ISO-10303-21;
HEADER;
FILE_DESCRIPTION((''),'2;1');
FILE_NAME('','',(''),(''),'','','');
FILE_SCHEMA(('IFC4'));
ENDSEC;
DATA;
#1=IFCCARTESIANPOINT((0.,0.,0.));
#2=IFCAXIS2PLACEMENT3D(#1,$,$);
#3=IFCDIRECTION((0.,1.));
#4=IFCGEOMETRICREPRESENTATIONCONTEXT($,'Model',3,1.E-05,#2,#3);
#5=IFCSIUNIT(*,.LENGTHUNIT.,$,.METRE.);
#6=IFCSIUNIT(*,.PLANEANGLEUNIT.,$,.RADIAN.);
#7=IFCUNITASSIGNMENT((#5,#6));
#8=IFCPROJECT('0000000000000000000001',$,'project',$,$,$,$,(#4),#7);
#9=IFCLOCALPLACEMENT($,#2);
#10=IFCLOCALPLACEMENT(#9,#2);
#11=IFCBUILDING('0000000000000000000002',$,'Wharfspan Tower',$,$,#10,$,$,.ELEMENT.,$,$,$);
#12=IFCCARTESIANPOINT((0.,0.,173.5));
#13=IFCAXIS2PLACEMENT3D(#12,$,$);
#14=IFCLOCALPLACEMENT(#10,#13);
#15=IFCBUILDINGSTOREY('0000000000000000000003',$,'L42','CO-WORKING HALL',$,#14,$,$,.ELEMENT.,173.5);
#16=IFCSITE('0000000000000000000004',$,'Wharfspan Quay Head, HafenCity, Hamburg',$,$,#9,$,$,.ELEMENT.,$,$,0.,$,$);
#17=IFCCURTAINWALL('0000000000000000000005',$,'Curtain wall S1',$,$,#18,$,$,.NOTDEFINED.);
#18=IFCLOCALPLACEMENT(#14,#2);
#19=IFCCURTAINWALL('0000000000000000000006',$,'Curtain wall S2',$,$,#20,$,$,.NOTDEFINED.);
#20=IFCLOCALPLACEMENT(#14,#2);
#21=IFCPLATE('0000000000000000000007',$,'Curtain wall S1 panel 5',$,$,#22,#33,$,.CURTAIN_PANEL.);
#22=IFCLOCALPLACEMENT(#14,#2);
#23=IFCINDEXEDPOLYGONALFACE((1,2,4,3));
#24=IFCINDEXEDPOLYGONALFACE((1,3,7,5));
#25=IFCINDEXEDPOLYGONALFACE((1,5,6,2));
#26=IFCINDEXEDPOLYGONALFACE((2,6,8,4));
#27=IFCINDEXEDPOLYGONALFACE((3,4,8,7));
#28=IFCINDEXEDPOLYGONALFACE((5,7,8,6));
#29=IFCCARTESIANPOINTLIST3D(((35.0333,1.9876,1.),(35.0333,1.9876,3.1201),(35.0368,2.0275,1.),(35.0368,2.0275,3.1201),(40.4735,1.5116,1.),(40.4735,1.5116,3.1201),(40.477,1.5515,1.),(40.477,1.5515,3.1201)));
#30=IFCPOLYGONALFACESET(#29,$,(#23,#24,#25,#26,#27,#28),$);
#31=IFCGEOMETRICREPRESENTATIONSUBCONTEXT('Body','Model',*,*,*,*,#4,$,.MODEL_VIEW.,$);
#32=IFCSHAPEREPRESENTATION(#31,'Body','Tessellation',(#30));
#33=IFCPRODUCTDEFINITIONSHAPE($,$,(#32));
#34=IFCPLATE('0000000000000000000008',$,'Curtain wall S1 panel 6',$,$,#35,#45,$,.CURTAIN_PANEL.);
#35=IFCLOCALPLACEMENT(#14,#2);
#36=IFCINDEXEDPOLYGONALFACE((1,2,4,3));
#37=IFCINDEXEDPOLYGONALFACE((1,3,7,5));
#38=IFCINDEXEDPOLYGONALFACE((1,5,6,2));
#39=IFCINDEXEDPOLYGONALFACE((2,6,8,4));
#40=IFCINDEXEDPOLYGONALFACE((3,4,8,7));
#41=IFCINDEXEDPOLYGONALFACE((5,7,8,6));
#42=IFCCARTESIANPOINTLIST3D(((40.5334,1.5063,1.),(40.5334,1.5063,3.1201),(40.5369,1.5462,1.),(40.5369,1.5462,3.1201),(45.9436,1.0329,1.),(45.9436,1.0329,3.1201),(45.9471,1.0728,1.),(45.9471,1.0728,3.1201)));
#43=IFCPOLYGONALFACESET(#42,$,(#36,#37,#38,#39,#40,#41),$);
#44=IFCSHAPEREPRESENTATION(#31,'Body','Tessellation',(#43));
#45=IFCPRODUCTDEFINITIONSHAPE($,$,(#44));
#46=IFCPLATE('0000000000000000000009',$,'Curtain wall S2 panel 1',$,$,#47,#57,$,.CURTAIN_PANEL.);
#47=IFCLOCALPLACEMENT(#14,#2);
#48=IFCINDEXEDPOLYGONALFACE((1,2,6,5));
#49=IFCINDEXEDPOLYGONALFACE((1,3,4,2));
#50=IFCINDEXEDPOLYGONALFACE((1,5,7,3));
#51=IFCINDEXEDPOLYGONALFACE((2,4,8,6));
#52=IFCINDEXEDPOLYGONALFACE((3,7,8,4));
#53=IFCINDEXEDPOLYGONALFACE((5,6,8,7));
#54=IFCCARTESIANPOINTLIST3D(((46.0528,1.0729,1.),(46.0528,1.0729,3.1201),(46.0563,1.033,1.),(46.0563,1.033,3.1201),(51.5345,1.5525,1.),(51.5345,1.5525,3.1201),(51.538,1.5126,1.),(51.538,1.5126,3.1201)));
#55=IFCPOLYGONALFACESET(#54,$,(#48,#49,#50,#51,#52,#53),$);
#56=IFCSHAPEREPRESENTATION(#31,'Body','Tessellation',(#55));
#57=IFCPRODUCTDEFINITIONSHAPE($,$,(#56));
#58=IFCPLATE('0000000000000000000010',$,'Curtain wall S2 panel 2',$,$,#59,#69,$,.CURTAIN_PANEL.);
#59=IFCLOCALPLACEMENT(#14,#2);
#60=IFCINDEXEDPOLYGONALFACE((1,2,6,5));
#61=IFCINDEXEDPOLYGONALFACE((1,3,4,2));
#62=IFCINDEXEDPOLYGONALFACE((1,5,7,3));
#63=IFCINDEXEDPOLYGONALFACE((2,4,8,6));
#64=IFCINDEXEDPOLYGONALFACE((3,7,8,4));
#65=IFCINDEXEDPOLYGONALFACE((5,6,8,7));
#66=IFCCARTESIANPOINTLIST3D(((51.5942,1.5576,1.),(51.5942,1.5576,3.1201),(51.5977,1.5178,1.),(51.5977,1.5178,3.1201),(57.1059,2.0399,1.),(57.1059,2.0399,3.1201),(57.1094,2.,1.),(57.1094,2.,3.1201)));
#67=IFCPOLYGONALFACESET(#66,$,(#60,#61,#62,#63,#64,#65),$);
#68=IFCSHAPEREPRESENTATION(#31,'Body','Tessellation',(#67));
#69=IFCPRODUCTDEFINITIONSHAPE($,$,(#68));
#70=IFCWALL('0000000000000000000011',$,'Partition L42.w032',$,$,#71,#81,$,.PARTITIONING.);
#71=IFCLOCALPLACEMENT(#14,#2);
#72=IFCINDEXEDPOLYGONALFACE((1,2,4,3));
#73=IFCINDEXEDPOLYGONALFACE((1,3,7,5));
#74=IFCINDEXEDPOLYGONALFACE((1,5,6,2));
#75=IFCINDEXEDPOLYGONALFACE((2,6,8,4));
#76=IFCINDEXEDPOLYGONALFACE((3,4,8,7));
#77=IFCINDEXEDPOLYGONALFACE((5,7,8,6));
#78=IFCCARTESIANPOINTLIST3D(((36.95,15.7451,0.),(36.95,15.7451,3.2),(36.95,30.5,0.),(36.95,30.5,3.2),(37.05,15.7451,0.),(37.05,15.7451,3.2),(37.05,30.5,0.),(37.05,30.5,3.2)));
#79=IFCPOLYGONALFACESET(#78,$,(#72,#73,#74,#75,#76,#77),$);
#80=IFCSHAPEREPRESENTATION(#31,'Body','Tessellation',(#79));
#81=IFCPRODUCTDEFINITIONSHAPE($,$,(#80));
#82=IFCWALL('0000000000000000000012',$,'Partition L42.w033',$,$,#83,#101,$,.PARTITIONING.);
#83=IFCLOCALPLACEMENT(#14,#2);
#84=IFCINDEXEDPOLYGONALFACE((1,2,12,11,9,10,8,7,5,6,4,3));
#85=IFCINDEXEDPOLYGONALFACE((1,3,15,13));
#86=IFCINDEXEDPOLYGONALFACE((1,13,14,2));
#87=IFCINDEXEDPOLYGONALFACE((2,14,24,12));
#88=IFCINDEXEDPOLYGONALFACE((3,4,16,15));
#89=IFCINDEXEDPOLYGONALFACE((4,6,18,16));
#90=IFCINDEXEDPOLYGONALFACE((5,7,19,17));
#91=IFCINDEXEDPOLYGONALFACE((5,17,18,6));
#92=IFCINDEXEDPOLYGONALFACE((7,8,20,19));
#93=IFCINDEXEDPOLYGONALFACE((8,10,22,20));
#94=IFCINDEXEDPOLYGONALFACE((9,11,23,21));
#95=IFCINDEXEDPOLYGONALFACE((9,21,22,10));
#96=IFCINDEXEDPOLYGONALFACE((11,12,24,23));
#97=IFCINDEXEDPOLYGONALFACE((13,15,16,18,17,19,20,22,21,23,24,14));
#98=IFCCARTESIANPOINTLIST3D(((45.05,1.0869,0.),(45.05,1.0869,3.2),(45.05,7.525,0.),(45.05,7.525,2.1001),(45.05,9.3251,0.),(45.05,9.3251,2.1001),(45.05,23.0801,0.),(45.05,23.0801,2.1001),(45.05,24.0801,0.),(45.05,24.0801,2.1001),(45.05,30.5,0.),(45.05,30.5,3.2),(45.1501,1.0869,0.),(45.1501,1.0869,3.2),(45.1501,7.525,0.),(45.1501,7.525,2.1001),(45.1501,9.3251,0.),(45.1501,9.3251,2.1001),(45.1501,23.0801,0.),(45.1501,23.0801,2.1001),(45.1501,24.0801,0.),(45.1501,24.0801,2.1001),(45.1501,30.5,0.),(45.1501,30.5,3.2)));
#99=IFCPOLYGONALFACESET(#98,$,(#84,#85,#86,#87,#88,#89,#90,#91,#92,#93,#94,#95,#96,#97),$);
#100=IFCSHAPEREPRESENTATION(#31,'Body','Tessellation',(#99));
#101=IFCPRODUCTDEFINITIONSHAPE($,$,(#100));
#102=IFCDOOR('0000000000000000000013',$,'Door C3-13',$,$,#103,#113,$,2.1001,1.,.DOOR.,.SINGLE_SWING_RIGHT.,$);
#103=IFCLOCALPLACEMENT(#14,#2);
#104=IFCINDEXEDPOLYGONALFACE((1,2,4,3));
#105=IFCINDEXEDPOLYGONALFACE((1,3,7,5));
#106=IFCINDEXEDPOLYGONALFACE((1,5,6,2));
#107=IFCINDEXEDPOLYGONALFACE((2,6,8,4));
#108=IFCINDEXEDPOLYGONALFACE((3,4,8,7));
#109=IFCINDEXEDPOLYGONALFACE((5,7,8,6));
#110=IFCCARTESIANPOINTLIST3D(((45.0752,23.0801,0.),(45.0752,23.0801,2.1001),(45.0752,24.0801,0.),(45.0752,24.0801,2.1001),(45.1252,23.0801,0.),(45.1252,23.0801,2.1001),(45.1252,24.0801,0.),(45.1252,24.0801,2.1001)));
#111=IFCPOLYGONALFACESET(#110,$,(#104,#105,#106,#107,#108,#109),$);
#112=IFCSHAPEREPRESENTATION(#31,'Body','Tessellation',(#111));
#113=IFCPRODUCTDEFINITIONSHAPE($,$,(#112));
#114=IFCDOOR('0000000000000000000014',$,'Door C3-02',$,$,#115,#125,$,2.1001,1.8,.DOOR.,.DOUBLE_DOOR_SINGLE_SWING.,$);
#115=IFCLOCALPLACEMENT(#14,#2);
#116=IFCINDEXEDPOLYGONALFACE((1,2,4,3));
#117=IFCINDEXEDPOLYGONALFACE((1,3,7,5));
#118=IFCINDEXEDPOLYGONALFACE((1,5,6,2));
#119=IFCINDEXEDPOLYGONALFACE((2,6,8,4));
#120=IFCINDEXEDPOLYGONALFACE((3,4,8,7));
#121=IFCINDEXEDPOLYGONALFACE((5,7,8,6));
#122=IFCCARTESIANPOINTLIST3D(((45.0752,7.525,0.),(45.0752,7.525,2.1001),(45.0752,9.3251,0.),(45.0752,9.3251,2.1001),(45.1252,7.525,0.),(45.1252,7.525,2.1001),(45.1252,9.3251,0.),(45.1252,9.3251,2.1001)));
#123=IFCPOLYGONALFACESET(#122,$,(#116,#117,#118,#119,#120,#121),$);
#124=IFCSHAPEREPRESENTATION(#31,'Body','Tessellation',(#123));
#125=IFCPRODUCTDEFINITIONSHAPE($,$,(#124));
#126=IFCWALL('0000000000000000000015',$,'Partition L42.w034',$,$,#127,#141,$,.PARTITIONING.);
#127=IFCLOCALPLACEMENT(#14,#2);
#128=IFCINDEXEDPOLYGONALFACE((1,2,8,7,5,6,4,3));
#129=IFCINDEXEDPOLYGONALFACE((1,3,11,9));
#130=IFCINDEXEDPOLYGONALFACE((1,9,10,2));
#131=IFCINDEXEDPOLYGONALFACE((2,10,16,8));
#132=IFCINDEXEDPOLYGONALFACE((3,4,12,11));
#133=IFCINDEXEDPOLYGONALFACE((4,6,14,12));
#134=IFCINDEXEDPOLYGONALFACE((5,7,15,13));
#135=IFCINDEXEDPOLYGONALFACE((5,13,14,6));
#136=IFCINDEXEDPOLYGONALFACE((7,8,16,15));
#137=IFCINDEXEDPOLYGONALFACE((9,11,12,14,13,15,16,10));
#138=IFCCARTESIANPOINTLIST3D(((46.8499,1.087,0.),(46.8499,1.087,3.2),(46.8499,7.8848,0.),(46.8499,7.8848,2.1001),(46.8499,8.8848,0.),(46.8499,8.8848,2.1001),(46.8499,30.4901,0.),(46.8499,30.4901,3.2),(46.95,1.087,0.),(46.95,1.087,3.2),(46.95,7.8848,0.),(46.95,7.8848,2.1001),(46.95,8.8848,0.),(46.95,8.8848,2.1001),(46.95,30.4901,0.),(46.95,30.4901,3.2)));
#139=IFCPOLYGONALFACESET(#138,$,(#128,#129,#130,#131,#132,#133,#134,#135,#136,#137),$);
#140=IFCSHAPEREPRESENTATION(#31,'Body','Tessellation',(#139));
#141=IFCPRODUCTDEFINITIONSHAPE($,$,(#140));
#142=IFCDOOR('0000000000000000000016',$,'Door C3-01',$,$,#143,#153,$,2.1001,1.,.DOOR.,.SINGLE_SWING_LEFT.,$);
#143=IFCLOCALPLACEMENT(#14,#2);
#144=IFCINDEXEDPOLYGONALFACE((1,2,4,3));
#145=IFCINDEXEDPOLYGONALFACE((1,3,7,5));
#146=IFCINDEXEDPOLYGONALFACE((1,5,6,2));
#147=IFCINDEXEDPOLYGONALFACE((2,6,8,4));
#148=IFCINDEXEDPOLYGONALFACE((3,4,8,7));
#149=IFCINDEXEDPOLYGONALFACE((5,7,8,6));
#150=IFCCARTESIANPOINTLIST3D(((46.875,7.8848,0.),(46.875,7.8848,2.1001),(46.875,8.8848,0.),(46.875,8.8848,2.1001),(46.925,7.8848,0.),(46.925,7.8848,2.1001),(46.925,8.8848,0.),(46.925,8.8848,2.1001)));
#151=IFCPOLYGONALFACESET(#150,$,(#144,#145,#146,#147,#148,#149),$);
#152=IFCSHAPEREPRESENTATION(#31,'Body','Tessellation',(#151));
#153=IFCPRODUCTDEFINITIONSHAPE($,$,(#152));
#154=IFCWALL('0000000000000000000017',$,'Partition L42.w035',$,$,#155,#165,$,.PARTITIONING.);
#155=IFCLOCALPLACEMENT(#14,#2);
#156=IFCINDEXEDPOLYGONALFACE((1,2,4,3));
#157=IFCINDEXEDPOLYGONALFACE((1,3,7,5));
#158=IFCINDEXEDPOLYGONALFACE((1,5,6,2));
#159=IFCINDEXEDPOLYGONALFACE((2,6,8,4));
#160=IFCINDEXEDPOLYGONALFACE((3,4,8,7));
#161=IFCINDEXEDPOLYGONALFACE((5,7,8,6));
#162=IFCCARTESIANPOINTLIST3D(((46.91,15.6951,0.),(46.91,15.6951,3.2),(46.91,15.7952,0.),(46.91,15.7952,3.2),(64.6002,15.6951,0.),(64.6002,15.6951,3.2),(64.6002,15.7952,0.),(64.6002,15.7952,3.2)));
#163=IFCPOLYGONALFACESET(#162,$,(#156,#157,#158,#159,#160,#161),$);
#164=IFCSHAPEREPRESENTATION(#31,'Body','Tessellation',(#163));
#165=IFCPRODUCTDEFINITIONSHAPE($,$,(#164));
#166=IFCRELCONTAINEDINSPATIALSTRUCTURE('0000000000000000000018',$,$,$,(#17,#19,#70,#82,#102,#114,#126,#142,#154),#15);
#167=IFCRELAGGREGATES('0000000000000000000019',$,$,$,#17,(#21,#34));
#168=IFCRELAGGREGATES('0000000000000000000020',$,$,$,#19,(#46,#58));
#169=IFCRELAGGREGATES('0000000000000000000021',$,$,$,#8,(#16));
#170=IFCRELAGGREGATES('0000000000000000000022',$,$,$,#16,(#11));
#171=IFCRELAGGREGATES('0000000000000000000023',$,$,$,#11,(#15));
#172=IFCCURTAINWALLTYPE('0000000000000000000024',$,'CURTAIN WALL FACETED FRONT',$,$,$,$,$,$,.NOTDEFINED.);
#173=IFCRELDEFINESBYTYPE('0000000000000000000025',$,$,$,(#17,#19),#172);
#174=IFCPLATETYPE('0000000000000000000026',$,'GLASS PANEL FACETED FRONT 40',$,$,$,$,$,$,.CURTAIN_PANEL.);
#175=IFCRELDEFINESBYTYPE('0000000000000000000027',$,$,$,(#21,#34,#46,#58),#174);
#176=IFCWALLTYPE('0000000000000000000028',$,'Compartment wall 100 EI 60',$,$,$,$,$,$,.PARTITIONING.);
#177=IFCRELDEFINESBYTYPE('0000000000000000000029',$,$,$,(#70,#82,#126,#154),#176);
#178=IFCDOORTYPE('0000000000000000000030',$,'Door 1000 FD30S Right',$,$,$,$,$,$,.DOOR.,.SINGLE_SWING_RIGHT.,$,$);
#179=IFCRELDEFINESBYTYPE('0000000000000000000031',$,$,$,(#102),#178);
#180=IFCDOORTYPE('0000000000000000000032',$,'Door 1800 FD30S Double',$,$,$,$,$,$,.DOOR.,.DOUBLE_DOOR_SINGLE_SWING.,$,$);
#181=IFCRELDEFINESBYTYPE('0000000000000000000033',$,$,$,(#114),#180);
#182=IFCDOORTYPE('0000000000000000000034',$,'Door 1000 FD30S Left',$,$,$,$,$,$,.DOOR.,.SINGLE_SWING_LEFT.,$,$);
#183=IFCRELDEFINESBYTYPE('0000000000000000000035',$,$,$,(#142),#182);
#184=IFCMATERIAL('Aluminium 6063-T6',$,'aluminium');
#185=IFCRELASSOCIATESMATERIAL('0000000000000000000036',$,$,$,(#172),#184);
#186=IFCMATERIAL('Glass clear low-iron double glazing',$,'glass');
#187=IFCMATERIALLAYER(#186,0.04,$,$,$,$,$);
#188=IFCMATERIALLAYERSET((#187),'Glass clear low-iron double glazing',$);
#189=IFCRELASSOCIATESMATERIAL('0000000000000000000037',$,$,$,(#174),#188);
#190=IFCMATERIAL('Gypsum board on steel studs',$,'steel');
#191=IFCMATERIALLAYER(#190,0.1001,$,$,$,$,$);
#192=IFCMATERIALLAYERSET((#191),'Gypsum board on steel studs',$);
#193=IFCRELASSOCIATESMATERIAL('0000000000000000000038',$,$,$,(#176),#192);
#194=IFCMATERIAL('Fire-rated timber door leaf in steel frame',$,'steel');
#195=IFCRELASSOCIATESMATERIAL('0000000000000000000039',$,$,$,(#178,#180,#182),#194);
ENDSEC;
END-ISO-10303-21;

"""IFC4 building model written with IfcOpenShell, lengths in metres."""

from ifc_helpers import new_model, si_unit, direction, frame, frame_2d, origin, origin_2d, place, context, subcontext, project, spatial, rectangle, extrude, material, layer, layer_set, type_object, element, fill, aggregate, save


model = new_model("IFC4")

# Units and contexts
model_context = context("Model", 3, precision=1e-05, world=origin(), true_north=direction((0.0, 1.0)))
body_context = subcontext(model_context, "Body", "Model", "MODEL_VIEW")
ifc_project = project(units=[si_unit("LENGTHUNIT", "METRE"), si_unit("PLANEANGLEUNIT", "RADIAN")], contexts=[model_context])

# Site, building, storey
site_placement = place(None, origin())
site = spatial("IfcSite", under=ifc_project, at=site_placement, Name="Wharfspan Quay Head, HafenCity, Hamburg", CompositionType="ELEMENT", RefElevation=0.0)
building_placement = place(site_placement, origin())
building = spatial("IfcBuilding", under=site, at=building_placement, Name="Wharfspan Tower", CompositionType="ELEMENT")
storey_placement = place(building_placement, frame((0.0, 0.0, 173.5)))
storey = spatial("IfcBuildingStorey", under=building, at=storey_placement, Name="L42", Description="CO-WORKING HALL", CompositionType="ELEMENT", Elevation=173.5)

# Curtain walls
ifc_material_1 = material(Name="Aluminium 6063-T6", Category="aluminium")
curtain_wall_type = type_object("IfcCurtainWallType", Name="CURTAIN WALL FACETED FRONT", PredefinedType="NOTDEFINED", material=ifc_material_1)
curtain_wall_1_placement = place(storey_placement, origin())
curtain_wall_1 = element("IfcCurtainWall", 1, at=curtain_wall_1_placement, inside=storey, type_object=curtain_wall_type, Name="Curtain wall S1", PredefinedType="NOTDEFINED")
curtain_wall_2_placement = place(storey_placement, origin())
curtain_wall_2 = element("IfcCurtainWall", 2, at=curtain_wall_2_placement, inside=storey, type_object=curtain_wall_type, Name="Curtain wall S2", PredefinedType="NOTDEFINED")

# Plates
ifc_material_2 = material(Name="Glass clear low-iron double glazing", Category="glass")
ifc_layer_1 = layer(ifc_material_2, 0.04)
ifc_layer_set_1 = layer_set([ifc_layer_1], Name="Glass clear low-iron double glazing")
plate_type = type_object("IfcPlateType", Name="GLASS PANEL FACETED FRONT 40", PredefinedType="CURTAIN_PANEL", material=ifc_layer_set_1)
plate_1_placement = place(storey_placement, frame((37.7551, 1.7695, 1.0), z_axis=(0.0, 0.0, 1.0), x_axis=(0.996198, -0.087156, 0.0)))
plate_1 = element("IfcPlate", 3, at=plate_1_placement, type_object=plate_type, Name="Curtain wall S1 panel 5", PredefinedType="CURTAIN_PANEL", context=body_context, shape_type="SweptSolid", body=[
    extrude(rectangle(XDim=5.4609, YDim=0.04, at=origin_2d()), origin(), (0.0, 0.0, 1.0), 2.1201),
])
plate_2_placement = place(storey_placement, frame((43.2402, 1.2896, 1.0), z_axis=(0.0, 0.0, 1.0), x_axis=(0.996198, -0.087156, 0.0)))
plate_2 = element("IfcPlate", 4, at=plate_2_placement, type_object=plate_type, Name="Curtain wall S1 panel 6", PredefinedType="CURTAIN_PANEL", context=body_context, shape_type="SweptSolid", body=[
    extrude(rectangle(XDim=5.4309, YDim=0.04, at=origin_2d()), origin(), (0.0, 0.0, 1.0), 2.1201),
])
aggregate(curtain_wall_1, [plate_1, plate_2])
plate_3_placement = place(storey_placement, frame((48.7954, 1.2927, 1.0), z_axis=(0.0, 0.0, 1.0), x_axis=(0.996198, 0.087156, 0.0)))
plate_3 = element("IfcPlate", 5, at=plate_3_placement, type_object=plate_type, Name="Curtain wall S2 panel 1", PredefinedType="CURTAIN_PANEL", context=body_context, shape_type="SweptSolid", body=[
    extrude(rectangle(XDim=5.5027, YDim=0.04, at=origin_2d()), origin(), (0.0, 0.0, 1.0), 2.1201),
])
plate_4_placement = place(storey_placement, frame((54.3518, 1.7788, 1.0), z_axis=(0.0, 0.0, 1.0), x_axis=(0.996198, 0.087156, 0.0)))
plate_4 = element("IfcPlate", 6, at=plate_4_placement, type_object=plate_type, Name="Curtain wall S2 panel 2", PredefinedType="CURTAIN_PANEL", context=body_context, shape_type="SweptSolid", body=[
    extrude(rectangle(XDim=5.5327, YDim=0.04, at=origin_2d()), origin(), (0.0, 0.0, 1.0), 2.1201),
])
aggregate(curtain_wall_2, [plate_3, plate_4])

# Wall
ifc_material_3 = material(Name="Gypsum board on steel studs", Category="steel")
ifc_layer_2 = layer(ifc_material_3, 0.1001)
ifc_layer_set_2 = layer_set([ifc_layer_2], Name="Gypsum board on steel studs")
wall_type_1 = type_object("IfcWallType", Name="Compartment wall 100 EI 60", PredefinedType="PARTITIONING", material=ifc_layer_set_2)
wall_1_placement = place(storey_placement, frame((37.0, 15.7451, 0.0), z_axis=(0.0, 0.0, 1.0), x_axis=(0.0, 1.0, 0.0)))
element("IfcWall", 7, at=wall_1_placement, inside=storey, type_object=wall_type_1, Name="Partition L42.w032", PredefinedType="PARTITIONING", context=body_context, shape_type="SweptSolid", body=[
    extrude(rectangle(XDim=14.7549, YDim=0.1001, at=frame_2d((7.3774, 0.0))), origin(), (0.0, 0.0, 1.0), 3.2),
])

# Wall, openings, doors
wall_2_placement = place(storey_placement, frame((45.1001, 1.0869, 0.0), z_axis=(0.0, 0.0, 1.0), x_axis=(0.0, 1.0, 0.0)))
wall_2 = element("IfcWall", 8, at=wall_2_placement, inside=storey, type_object=wall_type_1, Name="Partition L42.w033", PredefinedType="PARTITIONING", context=body_context, shape_type="SweptSolid", body=[
    extrude(rectangle(XDim=29.4131, YDim=0.1001, at=frame_2d((14.7065, 0.0))), origin(), (0.0, 0.0, 1.0), 3.2),
])
opening_1_placement = place(wall_2_placement, frame((6.4382, 0.0, 0.0)))
opening_1 = element("IfcOpeningElement", 9, at=opening_1_placement, cuts=wall_2, PredefinedType="OPENING", context=body_context, shape_type="SweptSolid", body=[
    extrude(rectangle(XDim=1.8, YDim=2.1001, at=frame_2d((0.8999, 1.05))), frame((0.0, 0.0601, 0.0), z_axis=(0.0, -1.0, 0.0), x_axis=(1.0, 0.0, 0.0)), (0.0, 0.0, 1.0), 0.1201),
])
opening_2_placement = place(wall_2_placement, frame((21.9932, 0.0, 0.0)))
opening_2 = element("IfcOpeningElement", 10, at=opening_2_placement, cuts=wall_2, PredefinedType="OPENING", context=body_context, shape_type="SweptSolid", body=[
    extrude(rectangle(XDim=1.0, YDim=2.1001, at=frame_2d((0.5, 1.05))), frame((0.0, 0.0601, 0.0), z_axis=(0.0, -1.0, 0.0), x_axis=(1.0, 0.0, 0.0)), (0.0, 0.0, 1.0), 0.1201),
])
ifc_material_4 = material(Name="Fire-rated timber door leaf in steel frame", Category="steel")
door_type_1 = type_object("IfcDoorType", Name="Door 1000 FD30S Right", OperationType="SINGLE_SWING_RIGHT", PredefinedType="DOOR", material=ifc_material_4)
door_1_placement = place(opening_2_placement, origin())
door_1 = element("IfcDoor", 11, at=door_1_placement, inside=storey, type_object=door_type_1, Name="Door C3-13", OperationType="SINGLE_SWING_RIGHT", OverallHeight=2.1001, OverallWidth=1.0, PredefinedType="DOOR", context=body_context, shape_type="SweptSolid", body=[
    extrude(rectangle(XDim=1.0, YDim=2.1001, at=frame_2d((0.5, 1.05))), frame((0.0, 0.0249, 0.0), z_axis=(0.0, -1.0, 0.0), x_axis=(1.0, 0.0, 0.0)), (0.0, 0.0, 1.0), 0.05),
])
fill(opening_2, door_1)
door_type_2 = type_object("IfcDoorType", Name="Door 1800 FD30S Double", OperationType="DOUBLE_DOOR_SINGLE_SWING", PredefinedType="DOOR", material=ifc_material_4)
door_2_placement = place(opening_1_placement, origin())
door_2 = element("IfcDoor", 12, at=door_2_placement, inside=storey, type_object=door_type_2, Name="Door C3-02", OperationType="DOUBLE_DOOR_SINGLE_SWING", OverallHeight=2.1001, OverallWidth=1.8, PredefinedType="DOOR", context=body_context, shape_type="SweptSolid", body=[
    extrude(rectangle(XDim=1.8, YDim=2.1001, at=frame_2d((0.8999, 1.05))), frame((0.0, 0.0249, 0.0), z_axis=(0.0, -1.0, 0.0), x_axis=(1.0, 0.0, 0.0)), (0.0, 0.0, 1.0), 0.05),
])
fill(opening_1, door_2)

# Wall, opening, door
wall_3_placement = place(storey_placement, frame((46.8999, 1.0869, 0.0), z_axis=(0.0, 0.0, 1.0), x_axis=(0.0, 1.0, 0.0)))
wall_3 = element("IfcWall", 13, at=wall_3_placement, inside=storey, type_object=wall_type_1, Name="Partition L42.w034", PredefinedType="PARTITIONING", context=body_context, shape_type="SweptSolid", body=[
    extrude(rectangle(XDim=29.4031, YDim=0.1001, at=frame_2d((14.7017, 0.0))), origin(), (0.0, 0.0, 1.0), 3.2),
])
opening_3_placement = place(wall_3_placement, frame((6.7979, 0.0, 0.0)))
opening_3 = element("IfcOpeningElement", 14, at=opening_3_placement, cuts=wall_3, PredefinedType="OPENING", context=body_context, shape_type="SweptSolid", body=[
    extrude(rectangle(XDim=1.0, YDim=2.1001, at=frame_2d((0.5, 1.05))), frame((0.0, 0.0601, 0.0), z_axis=(0.0, -1.0, 0.0), x_axis=(1.0, 0.0, 0.0)), (0.0, 0.0, 1.0), 0.1201),
])
door_type_3 = type_object("IfcDoorType", Name="Door 1000 FD30S Left", OperationType="SINGLE_SWING_LEFT", PredefinedType="DOOR", material=ifc_material_4)
door_3_placement = place(opening_3_placement, origin())
door_3 = element("IfcDoor", 15, at=door_3_placement, inside=storey, type_object=door_type_3, Name="Door C3-01", OperationType="SINGLE_SWING_LEFT", OverallHeight=2.1001, OverallWidth=1.0, PredefinedType="DOOR", context=body_context, shape_type="SweptSolid", body=[
    extrude(rectangle(XDim=1.0, YDim=2.1001, at=frame_2d((0.5, 1.05))), frame((0.0, 0.0249, 0.0), z_axis=(0.0, -1.0, 0.0), x_axis=(1.0, 0.0, 0.0)), (0.0, 0.0, 1.0), 0.05),
])
fill(opening_3, door_3)

# Wall
wall_4_placement = place(storey_placement, frame((46.9099, 15.7451, 0.0), z_axis=(0.0, 0.0, 1.0), x_axis=(1.0, 0.0, 0.0)))
element("IfcWall", 16, at=wall_4_placement, inside=storey, type_object=wall_type_1, Name="Partition L42.w035", PredefinedType="PARTITIONING", context=body_context, shape_type="SweptSolid", body=[
    extrude(rectangle(XDim=17.6902, YDim=0.1001, at=frame_2d((8.8452, 0.0))), origin(), (0.0, 0.0, 1.0), 3.2),
])

save(model, "model.ifc")
